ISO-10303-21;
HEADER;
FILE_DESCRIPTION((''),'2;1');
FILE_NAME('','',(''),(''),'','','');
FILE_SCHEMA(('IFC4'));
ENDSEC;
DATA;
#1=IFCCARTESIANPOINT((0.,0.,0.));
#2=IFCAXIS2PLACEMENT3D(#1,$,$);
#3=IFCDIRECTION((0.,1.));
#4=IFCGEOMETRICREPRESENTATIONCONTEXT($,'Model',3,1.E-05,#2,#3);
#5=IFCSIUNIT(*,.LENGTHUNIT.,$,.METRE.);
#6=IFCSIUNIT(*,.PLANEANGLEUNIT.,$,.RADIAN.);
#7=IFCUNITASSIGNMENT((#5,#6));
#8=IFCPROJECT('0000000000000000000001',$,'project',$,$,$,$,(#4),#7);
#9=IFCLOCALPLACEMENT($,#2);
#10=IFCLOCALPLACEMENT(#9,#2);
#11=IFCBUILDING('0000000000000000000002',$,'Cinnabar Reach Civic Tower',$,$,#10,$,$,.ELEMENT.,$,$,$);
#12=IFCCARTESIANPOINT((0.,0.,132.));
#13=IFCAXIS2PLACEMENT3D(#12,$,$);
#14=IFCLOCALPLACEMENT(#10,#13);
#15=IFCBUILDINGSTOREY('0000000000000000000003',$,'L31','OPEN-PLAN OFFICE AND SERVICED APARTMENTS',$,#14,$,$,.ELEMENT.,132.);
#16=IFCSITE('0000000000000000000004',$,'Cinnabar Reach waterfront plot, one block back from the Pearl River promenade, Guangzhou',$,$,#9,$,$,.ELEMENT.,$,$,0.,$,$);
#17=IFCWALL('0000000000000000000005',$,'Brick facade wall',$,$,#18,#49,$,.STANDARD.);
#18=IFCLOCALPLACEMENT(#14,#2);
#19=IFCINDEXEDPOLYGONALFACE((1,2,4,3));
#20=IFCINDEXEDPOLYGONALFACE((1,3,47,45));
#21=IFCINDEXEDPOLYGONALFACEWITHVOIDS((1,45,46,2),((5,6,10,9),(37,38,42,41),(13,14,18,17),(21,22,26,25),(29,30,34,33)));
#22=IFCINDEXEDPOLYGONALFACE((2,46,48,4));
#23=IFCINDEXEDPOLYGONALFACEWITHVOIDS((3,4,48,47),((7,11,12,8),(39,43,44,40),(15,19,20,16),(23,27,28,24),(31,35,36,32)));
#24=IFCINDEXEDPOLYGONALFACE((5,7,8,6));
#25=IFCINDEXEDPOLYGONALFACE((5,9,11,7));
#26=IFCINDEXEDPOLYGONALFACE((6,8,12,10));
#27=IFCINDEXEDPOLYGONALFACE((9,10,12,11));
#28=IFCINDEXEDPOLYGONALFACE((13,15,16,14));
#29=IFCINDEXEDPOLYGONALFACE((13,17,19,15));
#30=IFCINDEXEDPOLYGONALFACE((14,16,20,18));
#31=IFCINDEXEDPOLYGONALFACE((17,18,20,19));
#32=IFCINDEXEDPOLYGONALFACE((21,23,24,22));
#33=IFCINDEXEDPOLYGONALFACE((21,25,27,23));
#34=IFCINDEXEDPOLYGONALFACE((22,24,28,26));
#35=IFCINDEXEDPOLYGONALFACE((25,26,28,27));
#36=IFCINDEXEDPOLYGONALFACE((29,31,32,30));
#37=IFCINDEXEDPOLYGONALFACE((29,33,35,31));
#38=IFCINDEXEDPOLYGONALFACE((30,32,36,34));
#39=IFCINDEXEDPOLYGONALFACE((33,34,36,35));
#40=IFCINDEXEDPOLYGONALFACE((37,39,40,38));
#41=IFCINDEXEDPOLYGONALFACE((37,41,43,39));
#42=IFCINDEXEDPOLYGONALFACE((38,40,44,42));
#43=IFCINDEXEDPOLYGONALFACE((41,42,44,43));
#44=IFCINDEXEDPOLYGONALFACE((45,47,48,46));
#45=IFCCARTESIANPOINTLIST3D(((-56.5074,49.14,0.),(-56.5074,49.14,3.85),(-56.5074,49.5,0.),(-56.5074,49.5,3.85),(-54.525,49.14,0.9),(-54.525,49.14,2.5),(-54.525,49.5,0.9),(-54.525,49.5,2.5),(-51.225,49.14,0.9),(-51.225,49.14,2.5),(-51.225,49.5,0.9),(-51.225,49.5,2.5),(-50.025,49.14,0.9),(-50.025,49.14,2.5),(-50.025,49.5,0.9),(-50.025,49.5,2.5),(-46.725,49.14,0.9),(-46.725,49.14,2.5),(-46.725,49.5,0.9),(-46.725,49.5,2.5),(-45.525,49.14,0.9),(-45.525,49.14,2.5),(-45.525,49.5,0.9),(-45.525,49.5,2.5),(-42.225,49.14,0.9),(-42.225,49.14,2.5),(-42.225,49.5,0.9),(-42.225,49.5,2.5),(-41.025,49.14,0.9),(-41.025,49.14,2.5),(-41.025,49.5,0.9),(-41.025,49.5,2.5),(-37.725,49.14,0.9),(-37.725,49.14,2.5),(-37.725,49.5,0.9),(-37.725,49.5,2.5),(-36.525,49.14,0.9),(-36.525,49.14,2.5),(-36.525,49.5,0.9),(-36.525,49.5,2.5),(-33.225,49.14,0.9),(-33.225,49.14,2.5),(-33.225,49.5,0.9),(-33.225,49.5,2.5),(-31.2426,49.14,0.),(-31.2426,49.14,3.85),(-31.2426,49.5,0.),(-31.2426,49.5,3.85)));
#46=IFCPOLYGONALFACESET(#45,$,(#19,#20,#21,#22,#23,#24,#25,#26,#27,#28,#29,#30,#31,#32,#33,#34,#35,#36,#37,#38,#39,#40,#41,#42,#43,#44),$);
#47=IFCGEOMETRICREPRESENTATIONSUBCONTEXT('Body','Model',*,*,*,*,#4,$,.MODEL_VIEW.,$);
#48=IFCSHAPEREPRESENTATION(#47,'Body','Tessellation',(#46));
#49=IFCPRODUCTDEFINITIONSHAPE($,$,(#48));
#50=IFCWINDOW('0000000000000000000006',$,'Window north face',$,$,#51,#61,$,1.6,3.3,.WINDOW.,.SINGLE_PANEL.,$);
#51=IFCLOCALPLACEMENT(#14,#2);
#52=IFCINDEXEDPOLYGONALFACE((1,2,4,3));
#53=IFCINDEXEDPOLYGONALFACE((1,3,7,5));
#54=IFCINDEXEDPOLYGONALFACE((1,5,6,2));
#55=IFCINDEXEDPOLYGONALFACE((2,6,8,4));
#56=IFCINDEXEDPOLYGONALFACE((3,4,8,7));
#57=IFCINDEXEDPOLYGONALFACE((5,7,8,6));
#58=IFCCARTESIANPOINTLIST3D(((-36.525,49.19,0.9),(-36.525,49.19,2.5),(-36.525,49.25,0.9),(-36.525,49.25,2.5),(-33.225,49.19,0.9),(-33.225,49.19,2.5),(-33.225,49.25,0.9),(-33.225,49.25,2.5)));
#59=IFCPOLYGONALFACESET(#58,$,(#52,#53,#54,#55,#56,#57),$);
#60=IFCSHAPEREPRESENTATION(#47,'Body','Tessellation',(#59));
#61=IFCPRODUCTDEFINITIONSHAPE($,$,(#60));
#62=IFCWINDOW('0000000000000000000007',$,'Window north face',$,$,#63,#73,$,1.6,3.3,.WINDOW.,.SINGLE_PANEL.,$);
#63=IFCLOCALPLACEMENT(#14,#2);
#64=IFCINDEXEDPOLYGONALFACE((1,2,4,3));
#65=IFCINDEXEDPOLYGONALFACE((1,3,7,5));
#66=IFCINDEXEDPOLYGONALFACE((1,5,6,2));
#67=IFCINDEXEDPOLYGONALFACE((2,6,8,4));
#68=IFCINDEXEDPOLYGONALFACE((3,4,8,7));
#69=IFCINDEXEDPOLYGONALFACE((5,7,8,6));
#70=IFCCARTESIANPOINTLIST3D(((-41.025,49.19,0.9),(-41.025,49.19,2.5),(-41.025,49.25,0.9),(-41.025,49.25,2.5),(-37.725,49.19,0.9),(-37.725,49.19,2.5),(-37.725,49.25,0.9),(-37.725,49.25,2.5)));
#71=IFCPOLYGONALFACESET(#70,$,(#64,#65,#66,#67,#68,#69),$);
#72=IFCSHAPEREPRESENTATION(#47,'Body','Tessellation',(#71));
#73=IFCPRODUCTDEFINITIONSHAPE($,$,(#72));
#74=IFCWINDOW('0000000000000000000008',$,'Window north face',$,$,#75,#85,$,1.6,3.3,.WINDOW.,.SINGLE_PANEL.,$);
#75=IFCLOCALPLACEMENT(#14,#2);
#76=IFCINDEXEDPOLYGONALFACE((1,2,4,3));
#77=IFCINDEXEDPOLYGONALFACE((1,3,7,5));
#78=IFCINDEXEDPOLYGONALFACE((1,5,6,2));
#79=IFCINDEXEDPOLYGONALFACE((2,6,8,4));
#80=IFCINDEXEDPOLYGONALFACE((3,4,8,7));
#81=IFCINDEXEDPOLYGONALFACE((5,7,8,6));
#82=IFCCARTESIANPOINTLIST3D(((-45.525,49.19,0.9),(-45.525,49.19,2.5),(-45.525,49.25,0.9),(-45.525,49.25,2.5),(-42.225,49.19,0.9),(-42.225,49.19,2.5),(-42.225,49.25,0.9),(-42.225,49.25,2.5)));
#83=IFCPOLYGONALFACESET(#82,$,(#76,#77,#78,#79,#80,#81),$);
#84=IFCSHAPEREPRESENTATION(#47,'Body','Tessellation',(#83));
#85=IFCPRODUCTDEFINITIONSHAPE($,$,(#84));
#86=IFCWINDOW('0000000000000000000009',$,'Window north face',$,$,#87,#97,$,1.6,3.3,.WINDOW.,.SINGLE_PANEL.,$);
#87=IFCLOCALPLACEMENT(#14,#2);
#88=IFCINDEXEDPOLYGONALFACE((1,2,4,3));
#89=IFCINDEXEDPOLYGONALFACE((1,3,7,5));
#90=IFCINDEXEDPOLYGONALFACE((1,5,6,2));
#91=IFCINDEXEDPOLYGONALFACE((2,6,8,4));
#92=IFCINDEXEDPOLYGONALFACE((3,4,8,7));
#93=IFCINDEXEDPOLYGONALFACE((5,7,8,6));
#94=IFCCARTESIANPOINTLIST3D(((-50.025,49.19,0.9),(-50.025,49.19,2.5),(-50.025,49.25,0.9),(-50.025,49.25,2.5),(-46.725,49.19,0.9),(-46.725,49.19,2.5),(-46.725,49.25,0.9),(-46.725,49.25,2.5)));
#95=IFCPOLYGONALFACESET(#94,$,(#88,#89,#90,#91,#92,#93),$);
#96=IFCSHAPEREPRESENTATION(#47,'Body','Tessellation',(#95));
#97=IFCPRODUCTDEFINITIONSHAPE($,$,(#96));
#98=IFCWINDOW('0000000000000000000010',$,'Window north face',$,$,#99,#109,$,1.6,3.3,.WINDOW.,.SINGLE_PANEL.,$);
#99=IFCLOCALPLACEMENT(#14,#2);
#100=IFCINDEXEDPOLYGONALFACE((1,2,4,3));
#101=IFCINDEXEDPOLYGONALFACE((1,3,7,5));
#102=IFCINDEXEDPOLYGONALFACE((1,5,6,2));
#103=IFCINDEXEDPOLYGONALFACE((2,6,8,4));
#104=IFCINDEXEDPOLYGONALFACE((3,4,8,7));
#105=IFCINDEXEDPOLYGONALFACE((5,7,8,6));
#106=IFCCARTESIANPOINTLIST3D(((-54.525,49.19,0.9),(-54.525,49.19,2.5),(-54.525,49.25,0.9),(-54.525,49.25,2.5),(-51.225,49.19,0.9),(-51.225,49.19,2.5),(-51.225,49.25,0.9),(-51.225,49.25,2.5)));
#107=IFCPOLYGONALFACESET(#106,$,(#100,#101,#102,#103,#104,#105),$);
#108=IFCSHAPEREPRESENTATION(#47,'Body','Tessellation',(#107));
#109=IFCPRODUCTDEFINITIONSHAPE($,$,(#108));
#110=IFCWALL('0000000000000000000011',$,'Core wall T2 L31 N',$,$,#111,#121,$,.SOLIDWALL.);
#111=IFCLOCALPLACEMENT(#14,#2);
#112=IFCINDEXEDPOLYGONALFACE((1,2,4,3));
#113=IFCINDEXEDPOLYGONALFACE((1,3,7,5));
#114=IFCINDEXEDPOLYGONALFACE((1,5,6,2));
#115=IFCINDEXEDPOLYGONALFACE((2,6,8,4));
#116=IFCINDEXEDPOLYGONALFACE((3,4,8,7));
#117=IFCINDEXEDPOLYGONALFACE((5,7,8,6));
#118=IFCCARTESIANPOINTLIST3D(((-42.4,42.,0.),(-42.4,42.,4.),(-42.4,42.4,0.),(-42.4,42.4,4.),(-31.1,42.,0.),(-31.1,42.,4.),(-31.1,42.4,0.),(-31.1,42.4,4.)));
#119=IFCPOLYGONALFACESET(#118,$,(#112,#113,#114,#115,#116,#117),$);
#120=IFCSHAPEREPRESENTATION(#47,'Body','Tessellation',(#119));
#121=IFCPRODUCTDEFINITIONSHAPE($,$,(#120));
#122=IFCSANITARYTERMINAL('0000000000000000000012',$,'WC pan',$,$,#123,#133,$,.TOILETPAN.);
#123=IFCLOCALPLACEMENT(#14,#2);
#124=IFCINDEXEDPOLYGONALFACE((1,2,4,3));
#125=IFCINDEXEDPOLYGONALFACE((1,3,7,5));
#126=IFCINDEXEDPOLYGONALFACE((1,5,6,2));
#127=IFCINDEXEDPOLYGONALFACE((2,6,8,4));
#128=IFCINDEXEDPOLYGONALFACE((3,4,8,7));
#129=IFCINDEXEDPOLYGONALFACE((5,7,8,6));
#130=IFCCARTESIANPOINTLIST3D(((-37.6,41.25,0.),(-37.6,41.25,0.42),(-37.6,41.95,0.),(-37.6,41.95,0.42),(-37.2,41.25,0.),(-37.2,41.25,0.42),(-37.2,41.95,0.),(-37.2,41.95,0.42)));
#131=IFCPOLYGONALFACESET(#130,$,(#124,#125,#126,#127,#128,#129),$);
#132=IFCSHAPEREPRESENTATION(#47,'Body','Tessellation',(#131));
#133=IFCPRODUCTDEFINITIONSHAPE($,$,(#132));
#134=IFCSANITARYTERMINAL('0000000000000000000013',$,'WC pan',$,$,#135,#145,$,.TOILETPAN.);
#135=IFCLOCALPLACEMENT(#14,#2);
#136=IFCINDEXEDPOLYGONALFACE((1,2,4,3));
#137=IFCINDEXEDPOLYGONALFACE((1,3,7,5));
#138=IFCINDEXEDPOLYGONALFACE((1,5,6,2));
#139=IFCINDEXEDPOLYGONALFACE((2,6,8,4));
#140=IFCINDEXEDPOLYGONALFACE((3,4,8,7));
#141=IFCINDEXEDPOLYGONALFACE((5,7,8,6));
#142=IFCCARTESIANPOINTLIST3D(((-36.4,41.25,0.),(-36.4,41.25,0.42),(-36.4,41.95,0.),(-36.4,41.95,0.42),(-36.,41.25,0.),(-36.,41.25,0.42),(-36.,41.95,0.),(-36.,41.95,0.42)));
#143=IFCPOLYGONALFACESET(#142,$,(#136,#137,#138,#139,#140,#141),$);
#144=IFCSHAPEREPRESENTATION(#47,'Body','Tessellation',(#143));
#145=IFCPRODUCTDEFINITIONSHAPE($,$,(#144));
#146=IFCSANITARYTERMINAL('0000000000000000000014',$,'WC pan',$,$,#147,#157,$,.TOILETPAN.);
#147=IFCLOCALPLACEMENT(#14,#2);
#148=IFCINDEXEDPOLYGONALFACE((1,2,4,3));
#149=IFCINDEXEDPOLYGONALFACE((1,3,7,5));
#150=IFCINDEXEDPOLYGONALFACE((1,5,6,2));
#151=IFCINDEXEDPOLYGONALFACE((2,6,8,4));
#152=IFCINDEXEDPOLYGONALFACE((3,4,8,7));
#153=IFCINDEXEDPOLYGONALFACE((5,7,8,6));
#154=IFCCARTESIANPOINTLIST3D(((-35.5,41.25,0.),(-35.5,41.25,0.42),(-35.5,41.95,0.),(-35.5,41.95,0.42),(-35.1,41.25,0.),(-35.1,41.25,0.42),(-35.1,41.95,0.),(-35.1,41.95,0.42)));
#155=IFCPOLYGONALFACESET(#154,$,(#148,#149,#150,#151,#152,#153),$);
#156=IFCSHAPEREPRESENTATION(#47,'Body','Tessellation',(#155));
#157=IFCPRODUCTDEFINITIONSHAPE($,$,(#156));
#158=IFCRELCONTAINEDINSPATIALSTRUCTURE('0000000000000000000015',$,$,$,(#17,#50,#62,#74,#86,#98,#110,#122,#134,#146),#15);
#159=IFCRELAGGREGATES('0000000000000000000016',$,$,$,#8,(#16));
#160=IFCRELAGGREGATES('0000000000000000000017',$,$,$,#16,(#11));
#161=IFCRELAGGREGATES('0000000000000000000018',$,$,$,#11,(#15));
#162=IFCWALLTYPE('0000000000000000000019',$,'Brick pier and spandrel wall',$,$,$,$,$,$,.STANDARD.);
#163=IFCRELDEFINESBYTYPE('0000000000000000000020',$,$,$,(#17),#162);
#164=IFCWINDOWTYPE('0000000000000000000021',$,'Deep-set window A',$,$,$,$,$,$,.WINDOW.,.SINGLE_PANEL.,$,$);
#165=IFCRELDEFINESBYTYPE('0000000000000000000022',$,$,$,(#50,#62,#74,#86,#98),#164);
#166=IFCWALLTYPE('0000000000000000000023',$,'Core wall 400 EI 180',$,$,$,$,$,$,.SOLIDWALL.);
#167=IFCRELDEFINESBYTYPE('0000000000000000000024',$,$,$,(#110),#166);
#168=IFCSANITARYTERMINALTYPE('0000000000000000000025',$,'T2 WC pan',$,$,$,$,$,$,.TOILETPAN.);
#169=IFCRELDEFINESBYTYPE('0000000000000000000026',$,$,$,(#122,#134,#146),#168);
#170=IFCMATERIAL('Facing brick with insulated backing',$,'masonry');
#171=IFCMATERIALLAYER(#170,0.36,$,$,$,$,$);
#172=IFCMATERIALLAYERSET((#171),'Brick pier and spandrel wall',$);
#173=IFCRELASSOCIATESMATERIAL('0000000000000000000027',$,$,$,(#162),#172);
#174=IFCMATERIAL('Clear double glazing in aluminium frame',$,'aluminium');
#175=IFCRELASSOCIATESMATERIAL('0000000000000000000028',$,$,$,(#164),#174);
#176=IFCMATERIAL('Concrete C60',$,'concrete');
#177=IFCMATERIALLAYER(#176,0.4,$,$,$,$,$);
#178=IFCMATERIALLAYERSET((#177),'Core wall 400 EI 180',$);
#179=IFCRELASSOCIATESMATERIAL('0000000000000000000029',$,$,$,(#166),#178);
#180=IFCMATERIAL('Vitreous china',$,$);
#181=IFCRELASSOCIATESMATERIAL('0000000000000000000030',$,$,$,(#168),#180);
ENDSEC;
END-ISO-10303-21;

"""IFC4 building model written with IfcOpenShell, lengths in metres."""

from ifc_helpers import new_model, si_unit, direction, frame, frame_2d, origin, origin_2d, place, context, subcontext, project, spatial, rectangle, extrude, material, layer, layer_set, type_object, element, fill, save


model = new_model("IFC4")

# Units and contexts
model_context = context("Model", 3, precision=1e-05, world=origin(), true_north=direction((0.0, 1.0)))
body_context = subcontext(model_context, "Body", "Model", "MODEL_VIEW")
ifc_project = project(units=[si_unit("LENGTHUNIT", "METRE"), si_unit("PLANEANGLEUNIT", "RADIAN")], contexts=[model_context])

# Site, building, storey
site_placement = place(None, origin())
site = spatial("IfcSite", under=ifc_project, at=site_placement, Name="Cinnabar Reach waterfront plot, one block back from the Pearl River promenade, Guangzhou", CompositionType="ELEMENT", RefElevation=0.0)
building_placement = place(site_placement, origin())
building = spatial("IfcBuilding", under=site, at=building_placement, Name="Cinnabar Reach Civic Tower", CompositionType="ELEMENT")
storey_placement = place(building_placement, frame((0.0, 0.0, 132.0)))
storey = spatial("IfcBuildingStorey", under=building, at=storey_placement, Name="L31", Description="OPEN-PLAN OFFICE AND SERVICED APARTMENTS", CompositionType="ELEMENT", Elevation=132.0)

# Shared definitions
ifc_material_1 = material(Name="Concrete C60", Category="concrete")

# Shared definitions
ifc_material_2 = material(Name="Facing brick with insulated backing", Category="masonry")

# Wall, openings, windows
ifc_layer_1 = layer(ifc_material_2, 0.36)
ifc_layer_set_1 = layer_set([ifc_layer_1], Name="Brick pier and spandrel wall")
wall_type_1 = type_object("IfcWallType", Name="Brick pier and spandrel wall", PredefinedType="STANDARD", material=ifc_layer_set_1)
wall_1_placement = place(storey_placement, frame((-31.2426, 49.32, 0.0), z_axis=(0.0, 0.0, 1.0), x_axis=(-1.0, 0.0, 0.0)))
wall_1 = element("IfcWall", 1, at=wall_1_placement, inside=storey, type_object=wall_type_1, Name="Brick facade wall", PredefinedType="STANDARD", context=body_context, shape_type="SweptSolid", body=[
    extrude(rectangle(XDim=25.2648, YDim=0.36, at=frame_2d((12.6324, 0.0))), origin(), (0.0, 0.0, 1.0), 3.85),
])
opening_1_placement = place(wall_1_placement, frame((1.9824, 0.0, 0.9)))
opening_1 = element("IfcOpeningElement", 2, at=opening_1_placement, cuts=wall_1, PredefinedType="OPENING", context=body_context, shape_type="SweptSolid", body=[
    extrude(rectangle(XDim=3.3, YDim=1.6, at=frame_2d((1.65, 0.8))), frame((0.0, 0.19, 0.0), z_axis=(0.0, -1.0, 0.0), x_axis=(1.0, 0.0, 0.0)), (0.0, 0.0, 1.0), 0.38),
])
opening_2_placement = place(wall_1_placement, frame((6.4824, 0.0, 0.9)))
opening_2 = element("IfcOpeningElement", 3, at=opening_2_placement, cuts=wall_1, PredefinedType="OPENING", context=body_context, shape_type="SweptSolid", body=[
    extrude(rectangle(XDim=3.3, YDim=1.6, at=frame_2d((1.65, 0.8))), frame((0.0, 0.19, 0.0), z_axis=(0.0, -1.0, 0.0), x_axis=(1.0, 0.0, 0.0)), (0.0, 0.0, 1.0), 0.38),
])
opening_3_placement = place(wall_1_placement, frame((10.9824, 0.0, 0.9)))
opening_3 = element("IfcOpeningElement", 4, at=opening_3_placement, cuts=wall_1, PredefinedType="OPENING", context=body_context, shape_type="SweptSolid", body=[
    extrude(rectangle(XDim=3.3, YDim=1.6, at=frame_2d((1.65, 0.8))), frame((0.0, 0.19, 0.0), z_axis=(0.0, -1.0, 0.0), x_axis=(1.0, 0.0, 0.0)), (0.0, 0.0, 1.0), 0.38),
])
opening_4_placement = place(wall_1_placement, frame((15.4824, 0.0, 0.9)))
opening_4 = element("IfcOpeningElement", 5, at=opening_4_placement, cuts=wall_1, PredefinedType="OPENING", context=body_context, shape_type="SweptSolid", body=[
    extrude(rectangle(XDim=3.3, YDim=1.6, at=frame_2d((1.65, 0.8))), frame((0.0, 0.19, 0.0), z_axis=(0.0, -1.0, 0.0), x_axis=(1.0, 0.0, 0.0)), (0.0, 0.0, 1.0), 0.38),
])
opening_5_placement = place(wall_1_placement, frame((19.9824, 0.0, 0.9)))
opening_5 = element("IfcOpeningElement", 6, at=opening_5_placement, cuts=wall_1, PredefinedType="OPENING", context=body_context, shape_type="SweptSolid", body=[
    extrude(rectangle(XDim=3.3, YDim=1.6, at=frame_2d((1.65, 0.8))), frame((0.0, 0.19, 0.0), z_axis=(0.0, -1.0, 0.0), x_axis=(1.0, 0.0, 0.0)), (0.0, 0.0, 1.0), 0.38),
])
ifc_material_3 = material(Name="Clear double glazing in aluminium frame", Category="aluminium")
window_type = type_object("IfcWindowType", Name="Deep-set window A", PartitioningType="SINGLE_PANEL", PredefinedType="WINDOW", material=ifc_material_3)
window_1_placement = place(opening_1_placement, origin())
window_1 = element("IfcWindow", 7, at=window_1_placement, inside=storey, type_object=window_type, Name="Window north face", OverallHeight=1.6, OverallWidth=3.3, PartitioningType="SINGLE_PANEL", PredefinedType="WINDOW", context=body_context, shape_type="SweptSolid", body=[
    extrude(rectangle(XDim=3.3, YDim=1.6, at=frame_2d((1.65, 0.8))), frame((0.0, 0.13, 0.0), z_axis=(0.0, -1.0, 0.0), x_axis=(1.0, 0.0, 0.0)), (0.0, 0.0, 1.0), 0.06),
])
fill(opening_1, window_1)
window_2_placement = place(opening_2_placement, origin())
window_2 = element("IfcWindow", 8, at=window_2_placement, inside=storey, type_object=window_type, Name="Window north face", OverallHeight=1.6, OverallWidth=3.3, PartitioningType="SINGLE_PANEL", PredefinedType="WINDOW", context=body_context, shape_type="SweptSolid", body=[
    extrude(rectangle(XDim=3.3, YDim=1.6, at=frame_2d((1.65, 0.8))), frame((0.0, 0.13, 0.0), z_axis=(0.0, -1.0, 0.0), x_axis=(1.0, 0.0, 0.0)), (0.0, 0.0, 1.0), 0.06),
])
fill(opening_2, window_2)
window_3_placement = place(opening_3_placement, origin())
window_3 = element("IfcWindow", 9, at=window_3_placement, inside=storey, type_object=window_type, Name="Window north face", OverallHeight=1.6, OverallWidth=3.3, PartitioningType="SINGLE_PANEL", PredefinedType="WINDOW", context=body_context, shape_type="SweptSolid", body=[
    extrude(rectangle(XDim=3.3, YDim=1.6, at=frame_2d((1.65, 0.8))), frame((0.0, 0.13, 0.0), z_axis=(0.0, -1.0, 0.0), x_axis=(1.0, 0.0, 0.0)), (0.0, 0.0, 1.0), 0.06),
])
fill(opening_3, window_3)
window_4_placement = place(opening_4_placement, origin())
window_4 = element("IfcWindow", 10, at=window_4_placement, inside=storey, type_object=window_type, Name="Window north face", OverallHeight=1.6, OverallWidth=3.3, PartitioningType="SINGLE_PANEL", PredefinedType="WINDOW", context=body_context, shape_type="SweptSolid", body=[
    extrude(rectangle(XDim=3.3, YDim=1.6, at=frame_2d((1.65, 0.8))), frame((0.0, 0.13, 0.0), z_axis=(0.0, -1.0, 0.0), x_axis=(1.0, 0.0, 0.0)), (0.0, 0.0, 1.0), 0.06),
])
fill(opening_4, window_4)
window_5_placement = place(opening_5_placement, origin())
window_5 = element("IfcWindow", 11, at=window_5_placement, inside=storey, type_object=window_type, Name="Window north face", OverallHeight=1.6, OverallWidth=3.3, PartitioningType="SINGLE_PANEL", PredefinedType="WINDOW", context=body_context, shape_type="SweptSolid", body=[
    extrude(rectangle(XDim=3.3, YDim=1.6, at=frame_2d((1.65, 0.8))), frame((0.0, 0.13, 0.0), z_axis=(0.0, -1.0, 0.0), x_axis=(1.0, 0.0, 0.0)), (0.0, 0.0, 1.0), 0.06),
])
fill(opening_5, window_5)

# Wall
ifc_layer_2 = layer(ifc_material_1, 0.4)
ifc_layer_set_2 = layer_set([ifc_layer_2], Name="Core wall 400 EI 180")
wall_type_2 = type_object("IfcWallType", Name="Core wall 400 EI 180", PredefinedType="SOLIDWALL", material=ifc_layer_set_2)
wall_2_placement = place(storey_placement, frame((-31.1, 42.2, 0.0), z_axis=(0.0, 0.0, 1.0), x_axis=(-1.0, 0.0, 0.0)))
element("IfcWall", 12, at=wall_2_placement, inside=storey, type_object=wall_type_2, Name="Core wall T2 L31 N", PredefinedType="SOLIDWALL", context=body_context, shape_type="SweptSolid", body=[
    extrude(rectangle(XDim=11.3, YDim=0.4, at=frame_2d((5.65, 0.0))), origin(), (0.0, 0.0, 1.0), 4.0),
])

# Sanitary terminals
ifc_material_4 = material(Name="Vitreous china")
sanitary_terminal_type = type_object("IfcSanitaryTerminalType", Name="T2 WC pan", PredefinedType="TOILETPAN", material=ifc_material_4)
for number, where, z_axis, x_axis, name in (
    (13, (-37.4, 41.6, 0.0), (0.0, 0.0, 1.0), (1.0, 0.0, 0.0), "WC pan"),
    (14, (-36.2, 41.6, 0.0), (0.0, 0.0, 1.0), (1.0, 0.0, 0.0), "WC pan"),
    (15, (-35.3, 41.6, 0.0), (0.0, 0.0, 1.0), (1.0, 0.0, 0.0), "WC pan"),
):
    element("IfcSanitaryTerminal", number, at=place(storey_placement, frame(where, z_axis=z_axis, x_axis=x_axis)), inside=storey, type_object=sanitary_terminal_type, Name=name, PredefinedType="TOILETPAN", context=body_context, shape_type="SweptSolid", body=[
        extrude(rectangle(XDim=0.4, YDim=0.7, at=origin_2d()), origin(), (0.0, 0.0, 1.0), 0.42),
    ])

save(model, "model.ifc")
